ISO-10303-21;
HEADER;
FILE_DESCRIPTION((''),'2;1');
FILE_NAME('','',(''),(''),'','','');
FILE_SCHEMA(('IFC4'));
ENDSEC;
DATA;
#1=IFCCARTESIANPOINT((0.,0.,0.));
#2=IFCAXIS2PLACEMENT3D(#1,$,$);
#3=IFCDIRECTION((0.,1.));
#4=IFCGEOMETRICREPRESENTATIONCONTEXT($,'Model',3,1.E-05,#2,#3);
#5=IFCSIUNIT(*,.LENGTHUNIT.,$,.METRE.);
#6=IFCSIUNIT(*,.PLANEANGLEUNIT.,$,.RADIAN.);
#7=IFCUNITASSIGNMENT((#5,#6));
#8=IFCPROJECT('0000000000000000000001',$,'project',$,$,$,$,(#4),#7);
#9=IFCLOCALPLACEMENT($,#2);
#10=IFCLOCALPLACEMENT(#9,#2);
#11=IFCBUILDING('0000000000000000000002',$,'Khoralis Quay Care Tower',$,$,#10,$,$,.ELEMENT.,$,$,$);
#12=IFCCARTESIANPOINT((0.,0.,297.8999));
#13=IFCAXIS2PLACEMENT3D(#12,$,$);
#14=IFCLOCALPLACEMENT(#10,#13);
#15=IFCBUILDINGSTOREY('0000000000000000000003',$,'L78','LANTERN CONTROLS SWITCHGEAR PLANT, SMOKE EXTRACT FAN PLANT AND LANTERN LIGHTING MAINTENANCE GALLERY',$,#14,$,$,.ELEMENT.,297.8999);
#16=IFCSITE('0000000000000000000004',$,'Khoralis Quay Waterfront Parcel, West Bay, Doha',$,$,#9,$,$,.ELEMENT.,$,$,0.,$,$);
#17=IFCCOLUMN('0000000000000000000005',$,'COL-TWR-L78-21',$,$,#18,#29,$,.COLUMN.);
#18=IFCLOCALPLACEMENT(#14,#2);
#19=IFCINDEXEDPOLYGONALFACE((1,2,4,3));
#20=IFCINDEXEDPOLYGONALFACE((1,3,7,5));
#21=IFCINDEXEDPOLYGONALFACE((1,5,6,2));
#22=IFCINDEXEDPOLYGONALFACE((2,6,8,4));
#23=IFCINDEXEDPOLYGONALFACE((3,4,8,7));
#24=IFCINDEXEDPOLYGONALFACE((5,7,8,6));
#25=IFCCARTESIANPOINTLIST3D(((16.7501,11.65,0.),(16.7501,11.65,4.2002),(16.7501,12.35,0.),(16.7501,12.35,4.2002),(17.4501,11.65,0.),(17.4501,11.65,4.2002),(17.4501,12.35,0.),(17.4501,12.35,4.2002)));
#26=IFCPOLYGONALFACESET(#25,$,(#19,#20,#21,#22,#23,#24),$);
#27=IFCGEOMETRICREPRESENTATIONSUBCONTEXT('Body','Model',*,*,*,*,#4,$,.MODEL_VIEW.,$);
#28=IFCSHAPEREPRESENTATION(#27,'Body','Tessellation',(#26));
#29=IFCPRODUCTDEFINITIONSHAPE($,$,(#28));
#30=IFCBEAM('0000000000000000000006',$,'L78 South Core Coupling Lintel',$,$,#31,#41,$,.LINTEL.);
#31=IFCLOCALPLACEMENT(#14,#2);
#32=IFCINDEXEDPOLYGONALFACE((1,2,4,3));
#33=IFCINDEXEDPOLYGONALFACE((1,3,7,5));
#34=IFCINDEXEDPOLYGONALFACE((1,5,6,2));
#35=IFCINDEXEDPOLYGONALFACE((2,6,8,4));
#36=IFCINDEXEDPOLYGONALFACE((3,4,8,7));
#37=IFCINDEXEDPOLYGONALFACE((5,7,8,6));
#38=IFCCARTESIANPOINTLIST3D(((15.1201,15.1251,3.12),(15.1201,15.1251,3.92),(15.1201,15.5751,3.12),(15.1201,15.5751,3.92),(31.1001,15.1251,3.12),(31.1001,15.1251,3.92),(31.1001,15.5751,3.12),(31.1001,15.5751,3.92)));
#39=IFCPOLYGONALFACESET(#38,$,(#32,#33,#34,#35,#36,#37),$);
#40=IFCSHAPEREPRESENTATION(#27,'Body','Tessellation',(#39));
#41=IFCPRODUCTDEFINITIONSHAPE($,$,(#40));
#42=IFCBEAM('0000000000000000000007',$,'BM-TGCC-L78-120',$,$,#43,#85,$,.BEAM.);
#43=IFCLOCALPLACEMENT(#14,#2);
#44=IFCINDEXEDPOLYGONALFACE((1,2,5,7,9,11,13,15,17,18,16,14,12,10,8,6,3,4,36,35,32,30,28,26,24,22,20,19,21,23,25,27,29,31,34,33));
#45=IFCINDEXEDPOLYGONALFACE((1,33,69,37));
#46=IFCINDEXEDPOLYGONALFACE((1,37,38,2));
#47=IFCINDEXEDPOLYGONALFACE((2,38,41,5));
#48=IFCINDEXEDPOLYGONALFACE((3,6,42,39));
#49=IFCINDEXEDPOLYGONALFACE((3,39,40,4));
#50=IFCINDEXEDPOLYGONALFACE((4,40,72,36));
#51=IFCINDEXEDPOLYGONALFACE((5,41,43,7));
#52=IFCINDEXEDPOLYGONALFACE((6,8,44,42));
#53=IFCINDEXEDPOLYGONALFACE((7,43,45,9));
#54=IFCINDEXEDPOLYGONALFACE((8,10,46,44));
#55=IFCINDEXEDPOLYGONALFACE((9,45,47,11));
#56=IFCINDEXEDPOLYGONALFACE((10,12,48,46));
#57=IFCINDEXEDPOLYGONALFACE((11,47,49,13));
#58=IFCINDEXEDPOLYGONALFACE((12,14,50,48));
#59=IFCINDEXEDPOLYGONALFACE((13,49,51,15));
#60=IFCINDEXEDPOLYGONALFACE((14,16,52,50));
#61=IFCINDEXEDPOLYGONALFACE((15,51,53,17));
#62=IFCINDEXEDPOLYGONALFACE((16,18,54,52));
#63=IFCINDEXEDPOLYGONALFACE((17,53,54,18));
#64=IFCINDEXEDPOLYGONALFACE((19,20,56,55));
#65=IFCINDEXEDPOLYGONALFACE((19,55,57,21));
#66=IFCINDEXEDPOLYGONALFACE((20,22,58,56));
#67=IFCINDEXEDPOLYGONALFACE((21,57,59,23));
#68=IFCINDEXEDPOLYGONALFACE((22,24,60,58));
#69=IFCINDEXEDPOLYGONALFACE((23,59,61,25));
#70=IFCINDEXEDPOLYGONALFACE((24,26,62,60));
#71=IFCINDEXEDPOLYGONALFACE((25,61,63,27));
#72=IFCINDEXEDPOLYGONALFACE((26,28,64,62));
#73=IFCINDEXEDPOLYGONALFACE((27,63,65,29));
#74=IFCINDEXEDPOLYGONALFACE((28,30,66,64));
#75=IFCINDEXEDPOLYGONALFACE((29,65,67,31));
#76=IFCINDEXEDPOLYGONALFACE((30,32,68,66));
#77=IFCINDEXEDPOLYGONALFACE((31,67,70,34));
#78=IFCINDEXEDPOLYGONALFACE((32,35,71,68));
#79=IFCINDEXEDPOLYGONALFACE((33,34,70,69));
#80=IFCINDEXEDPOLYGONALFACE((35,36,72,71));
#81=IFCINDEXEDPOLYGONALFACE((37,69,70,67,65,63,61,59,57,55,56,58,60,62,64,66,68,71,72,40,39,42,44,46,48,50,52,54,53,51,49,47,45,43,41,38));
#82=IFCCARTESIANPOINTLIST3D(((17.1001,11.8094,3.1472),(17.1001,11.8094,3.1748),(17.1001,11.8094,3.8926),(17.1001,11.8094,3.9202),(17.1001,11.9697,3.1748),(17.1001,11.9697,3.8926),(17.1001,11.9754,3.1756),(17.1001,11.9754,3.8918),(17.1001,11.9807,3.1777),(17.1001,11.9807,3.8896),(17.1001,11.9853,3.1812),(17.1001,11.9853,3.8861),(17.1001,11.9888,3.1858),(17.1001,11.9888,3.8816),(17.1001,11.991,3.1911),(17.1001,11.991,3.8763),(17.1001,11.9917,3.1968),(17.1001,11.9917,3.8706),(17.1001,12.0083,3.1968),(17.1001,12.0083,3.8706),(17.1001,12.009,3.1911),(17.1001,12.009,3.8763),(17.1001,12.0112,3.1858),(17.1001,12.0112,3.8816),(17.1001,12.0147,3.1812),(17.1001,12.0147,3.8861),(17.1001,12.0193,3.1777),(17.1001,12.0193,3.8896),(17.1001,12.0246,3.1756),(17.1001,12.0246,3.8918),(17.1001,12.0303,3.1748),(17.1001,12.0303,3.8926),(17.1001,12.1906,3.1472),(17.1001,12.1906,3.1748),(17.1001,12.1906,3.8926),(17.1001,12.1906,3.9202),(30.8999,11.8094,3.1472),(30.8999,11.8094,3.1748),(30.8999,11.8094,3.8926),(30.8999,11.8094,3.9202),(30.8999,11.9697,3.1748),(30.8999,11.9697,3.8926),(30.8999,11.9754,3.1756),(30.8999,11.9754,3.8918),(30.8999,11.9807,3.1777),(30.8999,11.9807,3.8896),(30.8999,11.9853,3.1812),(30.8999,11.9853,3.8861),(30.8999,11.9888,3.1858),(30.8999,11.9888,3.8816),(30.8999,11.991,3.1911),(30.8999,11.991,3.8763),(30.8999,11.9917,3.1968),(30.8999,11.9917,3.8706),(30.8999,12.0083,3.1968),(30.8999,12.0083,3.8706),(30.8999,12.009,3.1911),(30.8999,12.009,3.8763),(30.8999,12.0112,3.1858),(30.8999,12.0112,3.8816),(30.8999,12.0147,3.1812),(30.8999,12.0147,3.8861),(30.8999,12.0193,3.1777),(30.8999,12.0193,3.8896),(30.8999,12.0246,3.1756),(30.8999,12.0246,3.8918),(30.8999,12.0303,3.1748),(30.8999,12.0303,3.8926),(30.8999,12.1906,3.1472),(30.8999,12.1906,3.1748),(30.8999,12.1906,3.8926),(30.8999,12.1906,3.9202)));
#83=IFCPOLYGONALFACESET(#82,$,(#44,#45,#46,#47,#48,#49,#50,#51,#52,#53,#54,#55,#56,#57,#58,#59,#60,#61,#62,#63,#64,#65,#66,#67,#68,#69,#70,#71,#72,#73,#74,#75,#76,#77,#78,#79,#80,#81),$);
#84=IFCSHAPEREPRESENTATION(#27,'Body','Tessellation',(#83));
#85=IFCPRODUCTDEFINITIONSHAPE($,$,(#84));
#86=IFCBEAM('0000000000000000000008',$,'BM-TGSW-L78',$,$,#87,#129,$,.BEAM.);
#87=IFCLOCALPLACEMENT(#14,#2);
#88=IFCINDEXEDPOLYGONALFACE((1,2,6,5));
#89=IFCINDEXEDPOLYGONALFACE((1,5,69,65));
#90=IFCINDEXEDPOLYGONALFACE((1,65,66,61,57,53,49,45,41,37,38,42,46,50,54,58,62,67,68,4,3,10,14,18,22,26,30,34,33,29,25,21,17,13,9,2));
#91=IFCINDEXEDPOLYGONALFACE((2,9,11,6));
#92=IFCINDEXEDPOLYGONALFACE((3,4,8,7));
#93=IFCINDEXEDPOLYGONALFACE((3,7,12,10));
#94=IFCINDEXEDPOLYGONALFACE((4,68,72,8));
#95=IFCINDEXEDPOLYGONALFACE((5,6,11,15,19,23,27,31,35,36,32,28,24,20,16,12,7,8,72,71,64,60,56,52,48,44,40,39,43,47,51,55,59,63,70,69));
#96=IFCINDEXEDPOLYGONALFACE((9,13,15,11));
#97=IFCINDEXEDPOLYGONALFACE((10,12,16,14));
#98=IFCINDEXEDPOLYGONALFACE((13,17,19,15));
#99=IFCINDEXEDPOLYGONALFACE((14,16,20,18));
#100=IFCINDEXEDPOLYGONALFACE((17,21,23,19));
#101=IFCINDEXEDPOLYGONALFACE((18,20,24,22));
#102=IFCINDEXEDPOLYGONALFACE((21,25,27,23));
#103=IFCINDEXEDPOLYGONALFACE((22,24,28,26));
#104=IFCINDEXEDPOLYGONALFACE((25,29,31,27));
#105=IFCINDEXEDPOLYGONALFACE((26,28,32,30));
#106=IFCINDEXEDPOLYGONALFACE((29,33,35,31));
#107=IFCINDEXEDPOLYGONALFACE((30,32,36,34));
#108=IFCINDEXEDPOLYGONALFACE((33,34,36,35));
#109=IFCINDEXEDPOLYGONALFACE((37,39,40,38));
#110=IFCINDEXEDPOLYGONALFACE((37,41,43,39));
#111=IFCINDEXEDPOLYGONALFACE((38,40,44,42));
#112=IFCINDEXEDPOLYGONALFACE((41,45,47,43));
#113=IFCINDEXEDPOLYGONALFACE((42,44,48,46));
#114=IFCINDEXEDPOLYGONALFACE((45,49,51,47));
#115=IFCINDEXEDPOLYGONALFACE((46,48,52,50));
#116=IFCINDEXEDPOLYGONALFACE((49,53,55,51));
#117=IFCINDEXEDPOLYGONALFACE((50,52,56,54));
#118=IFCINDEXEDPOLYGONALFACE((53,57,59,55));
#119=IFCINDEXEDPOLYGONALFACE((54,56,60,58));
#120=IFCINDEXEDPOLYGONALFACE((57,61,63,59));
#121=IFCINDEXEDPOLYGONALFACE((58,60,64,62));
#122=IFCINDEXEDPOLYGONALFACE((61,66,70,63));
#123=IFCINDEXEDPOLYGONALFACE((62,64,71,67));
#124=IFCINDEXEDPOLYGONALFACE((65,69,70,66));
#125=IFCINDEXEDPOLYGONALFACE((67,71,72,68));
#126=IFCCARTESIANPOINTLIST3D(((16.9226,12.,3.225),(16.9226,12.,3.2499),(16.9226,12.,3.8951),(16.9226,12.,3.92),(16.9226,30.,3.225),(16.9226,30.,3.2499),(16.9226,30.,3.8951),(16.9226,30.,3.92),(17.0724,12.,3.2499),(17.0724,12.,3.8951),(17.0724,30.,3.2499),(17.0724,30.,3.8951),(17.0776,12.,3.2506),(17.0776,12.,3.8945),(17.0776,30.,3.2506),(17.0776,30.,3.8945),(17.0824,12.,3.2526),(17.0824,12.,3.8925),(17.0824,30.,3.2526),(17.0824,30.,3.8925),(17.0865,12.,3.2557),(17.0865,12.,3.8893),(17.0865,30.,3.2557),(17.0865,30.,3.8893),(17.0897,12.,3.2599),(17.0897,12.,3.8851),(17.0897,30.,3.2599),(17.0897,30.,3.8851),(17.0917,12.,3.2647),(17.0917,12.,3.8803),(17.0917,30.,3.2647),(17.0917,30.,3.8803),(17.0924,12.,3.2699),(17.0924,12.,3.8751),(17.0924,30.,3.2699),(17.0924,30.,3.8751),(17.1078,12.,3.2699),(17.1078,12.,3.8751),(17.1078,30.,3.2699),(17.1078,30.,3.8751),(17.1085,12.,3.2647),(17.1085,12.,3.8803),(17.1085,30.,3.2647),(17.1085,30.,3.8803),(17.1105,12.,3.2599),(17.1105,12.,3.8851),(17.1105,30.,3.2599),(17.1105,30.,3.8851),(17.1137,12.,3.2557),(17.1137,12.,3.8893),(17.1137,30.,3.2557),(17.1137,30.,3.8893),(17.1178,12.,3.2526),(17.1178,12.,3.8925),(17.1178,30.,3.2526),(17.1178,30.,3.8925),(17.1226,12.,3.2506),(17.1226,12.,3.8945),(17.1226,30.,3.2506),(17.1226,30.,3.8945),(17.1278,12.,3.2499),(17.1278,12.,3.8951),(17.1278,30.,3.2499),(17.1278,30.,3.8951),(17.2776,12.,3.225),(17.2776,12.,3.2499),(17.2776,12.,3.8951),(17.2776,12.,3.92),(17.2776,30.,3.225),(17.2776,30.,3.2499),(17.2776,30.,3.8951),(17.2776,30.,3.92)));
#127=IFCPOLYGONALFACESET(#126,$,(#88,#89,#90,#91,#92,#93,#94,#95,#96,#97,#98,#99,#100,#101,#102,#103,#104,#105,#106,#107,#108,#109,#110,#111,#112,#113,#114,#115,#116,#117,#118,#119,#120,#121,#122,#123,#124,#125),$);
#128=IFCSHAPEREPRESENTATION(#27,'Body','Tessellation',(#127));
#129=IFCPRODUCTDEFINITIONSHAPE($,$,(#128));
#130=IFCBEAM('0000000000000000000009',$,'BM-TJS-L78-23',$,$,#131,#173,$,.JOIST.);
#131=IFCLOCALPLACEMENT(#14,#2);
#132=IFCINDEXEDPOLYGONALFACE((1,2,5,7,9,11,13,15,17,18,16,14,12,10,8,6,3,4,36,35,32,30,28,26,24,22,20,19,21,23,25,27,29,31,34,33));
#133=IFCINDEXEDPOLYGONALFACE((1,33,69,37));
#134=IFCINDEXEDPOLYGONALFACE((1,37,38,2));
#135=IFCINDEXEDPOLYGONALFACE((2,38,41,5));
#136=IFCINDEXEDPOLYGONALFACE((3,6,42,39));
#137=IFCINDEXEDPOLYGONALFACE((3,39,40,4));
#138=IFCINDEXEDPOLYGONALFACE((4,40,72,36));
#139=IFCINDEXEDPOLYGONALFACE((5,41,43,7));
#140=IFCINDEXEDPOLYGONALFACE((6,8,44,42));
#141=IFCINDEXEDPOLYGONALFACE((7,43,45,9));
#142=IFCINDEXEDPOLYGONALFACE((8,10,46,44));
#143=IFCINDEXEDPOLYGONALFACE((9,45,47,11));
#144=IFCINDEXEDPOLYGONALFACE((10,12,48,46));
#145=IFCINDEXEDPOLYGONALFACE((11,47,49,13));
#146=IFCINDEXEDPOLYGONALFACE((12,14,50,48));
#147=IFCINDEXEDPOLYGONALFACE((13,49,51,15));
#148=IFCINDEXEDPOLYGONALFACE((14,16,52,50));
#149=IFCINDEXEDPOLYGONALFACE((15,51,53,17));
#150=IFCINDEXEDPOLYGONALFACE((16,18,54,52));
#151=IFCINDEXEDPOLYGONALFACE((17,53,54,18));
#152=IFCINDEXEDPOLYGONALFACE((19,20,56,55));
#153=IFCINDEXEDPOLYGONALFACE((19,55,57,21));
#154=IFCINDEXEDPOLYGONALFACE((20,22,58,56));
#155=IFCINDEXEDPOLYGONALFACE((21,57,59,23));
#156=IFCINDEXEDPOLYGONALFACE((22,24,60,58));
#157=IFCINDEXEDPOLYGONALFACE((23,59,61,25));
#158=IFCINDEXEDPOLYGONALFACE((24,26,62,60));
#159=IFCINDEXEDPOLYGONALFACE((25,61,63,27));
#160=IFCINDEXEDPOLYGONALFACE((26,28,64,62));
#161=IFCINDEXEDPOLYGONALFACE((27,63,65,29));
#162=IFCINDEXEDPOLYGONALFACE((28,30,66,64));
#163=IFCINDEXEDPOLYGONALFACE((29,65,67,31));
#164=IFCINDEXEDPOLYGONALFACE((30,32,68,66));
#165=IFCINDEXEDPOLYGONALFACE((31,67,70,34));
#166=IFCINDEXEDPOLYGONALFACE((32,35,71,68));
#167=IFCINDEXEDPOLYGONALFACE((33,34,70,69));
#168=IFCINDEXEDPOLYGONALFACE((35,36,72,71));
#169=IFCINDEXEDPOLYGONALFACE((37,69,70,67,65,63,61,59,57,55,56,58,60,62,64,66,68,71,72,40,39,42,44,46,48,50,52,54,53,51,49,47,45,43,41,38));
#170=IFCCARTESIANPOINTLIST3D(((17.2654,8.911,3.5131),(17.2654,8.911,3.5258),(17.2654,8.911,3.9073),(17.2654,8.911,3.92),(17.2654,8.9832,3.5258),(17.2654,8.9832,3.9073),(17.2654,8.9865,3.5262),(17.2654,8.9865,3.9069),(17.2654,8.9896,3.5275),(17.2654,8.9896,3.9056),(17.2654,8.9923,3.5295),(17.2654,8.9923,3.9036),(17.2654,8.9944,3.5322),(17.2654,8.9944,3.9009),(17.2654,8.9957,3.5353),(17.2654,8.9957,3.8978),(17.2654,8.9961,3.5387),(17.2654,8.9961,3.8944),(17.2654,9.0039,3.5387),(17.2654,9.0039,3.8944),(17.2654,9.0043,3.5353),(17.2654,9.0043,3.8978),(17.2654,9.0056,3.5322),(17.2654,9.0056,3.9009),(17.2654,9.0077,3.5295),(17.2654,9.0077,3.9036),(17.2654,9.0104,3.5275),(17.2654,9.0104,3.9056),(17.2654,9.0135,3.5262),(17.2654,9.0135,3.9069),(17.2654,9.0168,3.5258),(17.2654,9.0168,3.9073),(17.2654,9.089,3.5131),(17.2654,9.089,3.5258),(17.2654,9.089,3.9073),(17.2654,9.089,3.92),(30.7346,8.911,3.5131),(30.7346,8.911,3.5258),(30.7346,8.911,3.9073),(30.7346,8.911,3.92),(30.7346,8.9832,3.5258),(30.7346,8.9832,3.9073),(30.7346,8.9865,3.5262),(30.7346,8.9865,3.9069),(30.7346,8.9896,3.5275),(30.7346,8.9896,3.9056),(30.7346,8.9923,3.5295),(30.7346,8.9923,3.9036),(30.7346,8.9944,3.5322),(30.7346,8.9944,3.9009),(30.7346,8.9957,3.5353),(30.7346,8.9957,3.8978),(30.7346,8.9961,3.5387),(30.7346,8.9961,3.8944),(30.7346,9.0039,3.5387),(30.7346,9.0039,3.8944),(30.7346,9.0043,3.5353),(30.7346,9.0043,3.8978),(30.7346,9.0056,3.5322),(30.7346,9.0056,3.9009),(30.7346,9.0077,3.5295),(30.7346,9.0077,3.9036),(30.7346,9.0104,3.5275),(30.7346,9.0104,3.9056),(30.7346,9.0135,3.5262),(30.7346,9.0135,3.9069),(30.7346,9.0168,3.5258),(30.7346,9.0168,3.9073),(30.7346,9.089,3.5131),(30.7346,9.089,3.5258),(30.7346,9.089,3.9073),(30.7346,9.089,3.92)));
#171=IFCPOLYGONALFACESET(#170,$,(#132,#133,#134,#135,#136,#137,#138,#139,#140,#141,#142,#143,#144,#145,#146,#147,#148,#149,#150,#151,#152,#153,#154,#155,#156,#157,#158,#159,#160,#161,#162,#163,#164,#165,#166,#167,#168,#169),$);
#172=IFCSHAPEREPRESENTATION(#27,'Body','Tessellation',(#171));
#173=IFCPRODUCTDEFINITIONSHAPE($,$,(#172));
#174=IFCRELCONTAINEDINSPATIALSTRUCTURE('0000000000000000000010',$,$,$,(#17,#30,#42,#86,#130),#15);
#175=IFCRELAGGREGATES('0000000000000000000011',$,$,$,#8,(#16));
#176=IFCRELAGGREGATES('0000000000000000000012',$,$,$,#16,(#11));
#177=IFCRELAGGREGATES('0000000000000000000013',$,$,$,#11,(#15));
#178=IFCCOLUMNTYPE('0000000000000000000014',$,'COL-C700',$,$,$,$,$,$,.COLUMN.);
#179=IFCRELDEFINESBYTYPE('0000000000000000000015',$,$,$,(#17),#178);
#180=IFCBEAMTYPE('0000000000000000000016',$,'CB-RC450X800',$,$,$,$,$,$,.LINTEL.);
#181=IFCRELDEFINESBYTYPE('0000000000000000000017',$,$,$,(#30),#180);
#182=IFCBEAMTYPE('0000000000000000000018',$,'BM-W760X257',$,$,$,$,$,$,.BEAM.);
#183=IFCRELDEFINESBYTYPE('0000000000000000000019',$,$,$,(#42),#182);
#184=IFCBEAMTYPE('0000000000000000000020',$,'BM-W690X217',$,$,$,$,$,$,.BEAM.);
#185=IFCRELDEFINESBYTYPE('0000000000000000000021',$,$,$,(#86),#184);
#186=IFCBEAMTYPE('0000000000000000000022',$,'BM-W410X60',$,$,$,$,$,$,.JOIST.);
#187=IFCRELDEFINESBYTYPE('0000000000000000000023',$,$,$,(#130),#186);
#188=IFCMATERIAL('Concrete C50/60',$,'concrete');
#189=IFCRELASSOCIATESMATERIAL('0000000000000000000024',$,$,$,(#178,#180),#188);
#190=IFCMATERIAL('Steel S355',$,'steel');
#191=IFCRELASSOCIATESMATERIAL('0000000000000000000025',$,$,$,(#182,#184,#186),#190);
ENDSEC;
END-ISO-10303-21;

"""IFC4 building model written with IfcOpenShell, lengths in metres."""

from ifc_helpers import new_model, si_unit, direction, frame, origin, origin_2d, place, context, subcontext, project, spatial, rectangle, i_section, extrude, source, transform, mapped, material, material_profile, profile_set, type_object, element, save


model = new_model("IFC4")

# Units and contexts
model_context = context("Model", 3, precision=1e-05, world=origin(), true_north=direction((0.0, 1.0)))
body_context = subcontext(model_context, "Body", "Model", "MODEL_VIEW")
ifc_project = project(units=[si_unit("LENGTHUNIT", "METRE"), si_unit("PLANEANGLEUNIT", "RADIAN")], contexts=[model_context])

# Site, building, storey
site_placement = place(None, origin())
site = spatial("IfcSite", under=ifc_project, at=site_placement, Name="Khoralis Quay Waterfront Parcel, West Bay, Doha", CompositionType="ELEMENT", RefElevation=0.0)
building_placement = place(site_placement, origin())
building = spatial("IfcBuilding", under=site, at=building_placement, Name="Khoralis Quay Care Tower", CompositionType="ELEMENT")
storey_placement = place(building_placement, frame((0.0, 0.0, 297.8999)))
storey = spatial("IfcBuildingStorey", under=building, at=storey_placement, Name="L78", Description="LANTERN CONTROLS SWITCHGEAR PLANT, SMOKE EXTRACT FAN PLANT AND LANTERN LIGHTING MAINTENANCE GALLERY", CompositionType="ELEMENT", Elevation=297.8999)

# Column
ifc_material_1 = material(Name="Concrete C50/60", Category="concrete")
ifc_material_profile_1 = material_profile(ifc_material_1, rectangle(XDim=0.7, YDim=0.7, at=origin_2d()), Name="Concrete C50/60")
ifc_profile_set_1 = profile_set([ifc_material_profile_1], Name="Concrete C50/60")
column_type = type_object("IfcColumnType", Name="COL-C700", PredefinedType="COLUMN", material=ifc_profile_set_1)
shared_shape_1 = source(origin(), body_context, "Body", "SweptSolid", [
    extrude(rectangle(XDim=0.7, YDim=0.7, at=origin_2d()), origin(), (0.0, 0.0, 1.0), 4.2002),
])
column_placement = place(storey_placement, frame((17.1001, 12.0, 0.0), z_axis=(0.0, 0.0, 1.0), x_axis=(1.0, 0.0, 0.0)))
element("IfcColumn", 1, at=column_placement, inside=storey, type_object=column_type, Name="COL-TWR-L78-21", PredefinedType="COLUMN", context=body_context, shape_type="MappedRepresentation", body=[
    mapped(shared_shape_1, transform((0.0, 0.0, 0.0), scale=1.0)),
])

# Beams
ifc_material_profile_2 = material_profile(ifc_material_1, rectangle(XDim=0.45, YDim=0.8, at=origin_2d()), Name="Concrete C50/60")
ifc_profile_set_2 = profile_set([ifc_material_profile_2], Name="Concrete C50/60")
beam_type_1 = type_object("IfcBeamType", Name="CB-RC450X800", PredefinedType="LINTEL", material=ifc_profile_set_2)
shared_shape_2 = source(origin(), body_context, "Body", "SweptSolid", [
    extrude(rectangle(XDim=0.45, YDim=0.8, at=origin_2d()), origin(), (0.0, 0.0, 1.0), 15.98),
])
beam_1_placement = place(storey_placement, frame((15.1201, 15.3501, 3.52), z_axis=(1.0, 0.0, 0.0), x_axis=(0.0, 1.0, 0.0)))
element("IfcBeam", 2, at=beam_1_placement, inside=storey, type_object=beam_type_1, Name="L78 South Core Coupling Lintel", PredefinedType="LINTEL", context=body_context, shape_type="MappedRepresentation", body=[
    mapped(shared_shape_2, transform((0.0, 0.0, 0.0), scale=1.0)),
])
ifc_material_2 = material(Name="Steel S355", Category="steel")
ifc_material_profile_3 = material_profile(ifc_material_2, i_section(OverallWidth=0.3811, OverallDepth=0.7729, WebThickness=0.0166, FlangeThickness=0.0276, FilletRadius=0.022, at=origin_2d()), Name="Steel S355")
ifc_profile_set_3 = profile_set([ifc_material_profile_3], Name="Steel S355")
beam_type_2 = type_object("IfcBeamType", Name="BM-W760X257", PredefinedType="BEAM", material=ifc_profile_set_3)
shared_shape_3 = source(origin(), body_context, "Body", "SweptSolid", [
    extrude(i_section(OverallWidth=0.3811, OverallDepth=0.7729, WebThickness=0.0166, FlangeThickness=0.0276, FilletRadius=0.022, at=origin_2d()), origin(), (0.0, 0.0, 1.0), 13.7998),
])
beam_2_placement = place(storey_placement, frame((17.1001, 12.0, 3.5337), z_axis=(1.0, 0.0, 0.0), x_axis=(0.0, 1.0, 0.0)))
element("IfcBeam", 3, at=beam_2_placement, inside=storey, type_object=beam_type_2, Name="BM-TGCC-L78-120", PredefinedType="BEAM", context=body_context, shape_type="MappedRepresentation", body=[
    mapped(shared_shape_3, transform((0.0, 0.0, 0.0), scale=1.0)),
])
ifc_material_profile_4 = material_profile(ifc_material_2, i_section(OverallWidth=0.355, OverallDepth=0.6951, WebThickness=0.0154, FlangeThickness=0.0249, FilletRadius=0.02, at=origin_2d()), Name="Steel S355")
ifc_profile_set_4 = profile_set([ifc_material_profile_4], Name="Steel S355")
beam_type_3 = type_object("IfcBeamType", Name="BM-W690X217", PredefinedType="BEAM", material=ifc_profile_set_4)
shared_shape_4 = source(origin(), body_context, "Body", "SweptSolid", [
    extrude(i_section(OverallWidth=0.355, OverallDepth=0.6951, WebThickness=0.0154, FlangeThickness=0.0249, FilletRadius=0.02, at=origin_2d()), origin(), (0.0, 0.0, 1.0), 18.0),
])
beam_3_placement = place(storey_placement, frame((17.1001, 12.0, 3.5725), z_axis=(0.0, 1.0, 0.0), x_axis=(-1.0, 0.0, 0.0)))
element("IfcBeam", 4, at=beam_3_placement, inside=storey, type_object=beam_type_3, Name="BM-TGSW-L78", PredefinedType="BEAM", context=body_context, shape_type="MappedRepresentation", body=[
    mapped(shared_shape_4, transform((0.0, 0.0, 0.0), scale=1.0)),
])
ifc_material_profile_5 = material_profile(ifc_material_2, i_section(OverallWidth=0.178, OverallDepth=0.407, WebThickness=0.0078, FlangeThickness=0.0127, FilletRadius=0.0129, at=origin_2d()), Name="Steel S355")
ifc_profile_set_5 = profile_set([ifc_material_profile_5], Name="Steel S355")
beam_type_4 = type_object("IfcBeamType", Name="BM-W410X60", PredefinedType="JOIST", material=ifc_profile_set_5)
shared_shape_5 = source(origin(), body_context, "Body", "SweptSolid", [
    extrude(i_section(OverallWidth=0.178, OverallDepth=0.407, WebThickness=0.0078, FlangeThickness=0.0127, FilletRadius=0.0129, at=origin_2d()), origin(), (0.0, 0.0, 1.0), 13.4692),
])
beam_4_placement = place(storey_placement, frame((17.2654, 9.0, 3.7166), z_axis=(1.0, 0.0, 0.0), x_axis=(0.0, 1.0, 0.0)))
element("IfcBeam", 5, at=beam_4_placement, inside=storey, type_object=beam_type_4, Name="BM-TJS-L78-23", PredefinedType="JOIST", context=body_context, shape_type="MappedRepresentation", body=[
    mapped(shared_shape_5, transform((0.0, 0.0, 0.0), scale=1.0)),
])

save(model, "model.ifc")
